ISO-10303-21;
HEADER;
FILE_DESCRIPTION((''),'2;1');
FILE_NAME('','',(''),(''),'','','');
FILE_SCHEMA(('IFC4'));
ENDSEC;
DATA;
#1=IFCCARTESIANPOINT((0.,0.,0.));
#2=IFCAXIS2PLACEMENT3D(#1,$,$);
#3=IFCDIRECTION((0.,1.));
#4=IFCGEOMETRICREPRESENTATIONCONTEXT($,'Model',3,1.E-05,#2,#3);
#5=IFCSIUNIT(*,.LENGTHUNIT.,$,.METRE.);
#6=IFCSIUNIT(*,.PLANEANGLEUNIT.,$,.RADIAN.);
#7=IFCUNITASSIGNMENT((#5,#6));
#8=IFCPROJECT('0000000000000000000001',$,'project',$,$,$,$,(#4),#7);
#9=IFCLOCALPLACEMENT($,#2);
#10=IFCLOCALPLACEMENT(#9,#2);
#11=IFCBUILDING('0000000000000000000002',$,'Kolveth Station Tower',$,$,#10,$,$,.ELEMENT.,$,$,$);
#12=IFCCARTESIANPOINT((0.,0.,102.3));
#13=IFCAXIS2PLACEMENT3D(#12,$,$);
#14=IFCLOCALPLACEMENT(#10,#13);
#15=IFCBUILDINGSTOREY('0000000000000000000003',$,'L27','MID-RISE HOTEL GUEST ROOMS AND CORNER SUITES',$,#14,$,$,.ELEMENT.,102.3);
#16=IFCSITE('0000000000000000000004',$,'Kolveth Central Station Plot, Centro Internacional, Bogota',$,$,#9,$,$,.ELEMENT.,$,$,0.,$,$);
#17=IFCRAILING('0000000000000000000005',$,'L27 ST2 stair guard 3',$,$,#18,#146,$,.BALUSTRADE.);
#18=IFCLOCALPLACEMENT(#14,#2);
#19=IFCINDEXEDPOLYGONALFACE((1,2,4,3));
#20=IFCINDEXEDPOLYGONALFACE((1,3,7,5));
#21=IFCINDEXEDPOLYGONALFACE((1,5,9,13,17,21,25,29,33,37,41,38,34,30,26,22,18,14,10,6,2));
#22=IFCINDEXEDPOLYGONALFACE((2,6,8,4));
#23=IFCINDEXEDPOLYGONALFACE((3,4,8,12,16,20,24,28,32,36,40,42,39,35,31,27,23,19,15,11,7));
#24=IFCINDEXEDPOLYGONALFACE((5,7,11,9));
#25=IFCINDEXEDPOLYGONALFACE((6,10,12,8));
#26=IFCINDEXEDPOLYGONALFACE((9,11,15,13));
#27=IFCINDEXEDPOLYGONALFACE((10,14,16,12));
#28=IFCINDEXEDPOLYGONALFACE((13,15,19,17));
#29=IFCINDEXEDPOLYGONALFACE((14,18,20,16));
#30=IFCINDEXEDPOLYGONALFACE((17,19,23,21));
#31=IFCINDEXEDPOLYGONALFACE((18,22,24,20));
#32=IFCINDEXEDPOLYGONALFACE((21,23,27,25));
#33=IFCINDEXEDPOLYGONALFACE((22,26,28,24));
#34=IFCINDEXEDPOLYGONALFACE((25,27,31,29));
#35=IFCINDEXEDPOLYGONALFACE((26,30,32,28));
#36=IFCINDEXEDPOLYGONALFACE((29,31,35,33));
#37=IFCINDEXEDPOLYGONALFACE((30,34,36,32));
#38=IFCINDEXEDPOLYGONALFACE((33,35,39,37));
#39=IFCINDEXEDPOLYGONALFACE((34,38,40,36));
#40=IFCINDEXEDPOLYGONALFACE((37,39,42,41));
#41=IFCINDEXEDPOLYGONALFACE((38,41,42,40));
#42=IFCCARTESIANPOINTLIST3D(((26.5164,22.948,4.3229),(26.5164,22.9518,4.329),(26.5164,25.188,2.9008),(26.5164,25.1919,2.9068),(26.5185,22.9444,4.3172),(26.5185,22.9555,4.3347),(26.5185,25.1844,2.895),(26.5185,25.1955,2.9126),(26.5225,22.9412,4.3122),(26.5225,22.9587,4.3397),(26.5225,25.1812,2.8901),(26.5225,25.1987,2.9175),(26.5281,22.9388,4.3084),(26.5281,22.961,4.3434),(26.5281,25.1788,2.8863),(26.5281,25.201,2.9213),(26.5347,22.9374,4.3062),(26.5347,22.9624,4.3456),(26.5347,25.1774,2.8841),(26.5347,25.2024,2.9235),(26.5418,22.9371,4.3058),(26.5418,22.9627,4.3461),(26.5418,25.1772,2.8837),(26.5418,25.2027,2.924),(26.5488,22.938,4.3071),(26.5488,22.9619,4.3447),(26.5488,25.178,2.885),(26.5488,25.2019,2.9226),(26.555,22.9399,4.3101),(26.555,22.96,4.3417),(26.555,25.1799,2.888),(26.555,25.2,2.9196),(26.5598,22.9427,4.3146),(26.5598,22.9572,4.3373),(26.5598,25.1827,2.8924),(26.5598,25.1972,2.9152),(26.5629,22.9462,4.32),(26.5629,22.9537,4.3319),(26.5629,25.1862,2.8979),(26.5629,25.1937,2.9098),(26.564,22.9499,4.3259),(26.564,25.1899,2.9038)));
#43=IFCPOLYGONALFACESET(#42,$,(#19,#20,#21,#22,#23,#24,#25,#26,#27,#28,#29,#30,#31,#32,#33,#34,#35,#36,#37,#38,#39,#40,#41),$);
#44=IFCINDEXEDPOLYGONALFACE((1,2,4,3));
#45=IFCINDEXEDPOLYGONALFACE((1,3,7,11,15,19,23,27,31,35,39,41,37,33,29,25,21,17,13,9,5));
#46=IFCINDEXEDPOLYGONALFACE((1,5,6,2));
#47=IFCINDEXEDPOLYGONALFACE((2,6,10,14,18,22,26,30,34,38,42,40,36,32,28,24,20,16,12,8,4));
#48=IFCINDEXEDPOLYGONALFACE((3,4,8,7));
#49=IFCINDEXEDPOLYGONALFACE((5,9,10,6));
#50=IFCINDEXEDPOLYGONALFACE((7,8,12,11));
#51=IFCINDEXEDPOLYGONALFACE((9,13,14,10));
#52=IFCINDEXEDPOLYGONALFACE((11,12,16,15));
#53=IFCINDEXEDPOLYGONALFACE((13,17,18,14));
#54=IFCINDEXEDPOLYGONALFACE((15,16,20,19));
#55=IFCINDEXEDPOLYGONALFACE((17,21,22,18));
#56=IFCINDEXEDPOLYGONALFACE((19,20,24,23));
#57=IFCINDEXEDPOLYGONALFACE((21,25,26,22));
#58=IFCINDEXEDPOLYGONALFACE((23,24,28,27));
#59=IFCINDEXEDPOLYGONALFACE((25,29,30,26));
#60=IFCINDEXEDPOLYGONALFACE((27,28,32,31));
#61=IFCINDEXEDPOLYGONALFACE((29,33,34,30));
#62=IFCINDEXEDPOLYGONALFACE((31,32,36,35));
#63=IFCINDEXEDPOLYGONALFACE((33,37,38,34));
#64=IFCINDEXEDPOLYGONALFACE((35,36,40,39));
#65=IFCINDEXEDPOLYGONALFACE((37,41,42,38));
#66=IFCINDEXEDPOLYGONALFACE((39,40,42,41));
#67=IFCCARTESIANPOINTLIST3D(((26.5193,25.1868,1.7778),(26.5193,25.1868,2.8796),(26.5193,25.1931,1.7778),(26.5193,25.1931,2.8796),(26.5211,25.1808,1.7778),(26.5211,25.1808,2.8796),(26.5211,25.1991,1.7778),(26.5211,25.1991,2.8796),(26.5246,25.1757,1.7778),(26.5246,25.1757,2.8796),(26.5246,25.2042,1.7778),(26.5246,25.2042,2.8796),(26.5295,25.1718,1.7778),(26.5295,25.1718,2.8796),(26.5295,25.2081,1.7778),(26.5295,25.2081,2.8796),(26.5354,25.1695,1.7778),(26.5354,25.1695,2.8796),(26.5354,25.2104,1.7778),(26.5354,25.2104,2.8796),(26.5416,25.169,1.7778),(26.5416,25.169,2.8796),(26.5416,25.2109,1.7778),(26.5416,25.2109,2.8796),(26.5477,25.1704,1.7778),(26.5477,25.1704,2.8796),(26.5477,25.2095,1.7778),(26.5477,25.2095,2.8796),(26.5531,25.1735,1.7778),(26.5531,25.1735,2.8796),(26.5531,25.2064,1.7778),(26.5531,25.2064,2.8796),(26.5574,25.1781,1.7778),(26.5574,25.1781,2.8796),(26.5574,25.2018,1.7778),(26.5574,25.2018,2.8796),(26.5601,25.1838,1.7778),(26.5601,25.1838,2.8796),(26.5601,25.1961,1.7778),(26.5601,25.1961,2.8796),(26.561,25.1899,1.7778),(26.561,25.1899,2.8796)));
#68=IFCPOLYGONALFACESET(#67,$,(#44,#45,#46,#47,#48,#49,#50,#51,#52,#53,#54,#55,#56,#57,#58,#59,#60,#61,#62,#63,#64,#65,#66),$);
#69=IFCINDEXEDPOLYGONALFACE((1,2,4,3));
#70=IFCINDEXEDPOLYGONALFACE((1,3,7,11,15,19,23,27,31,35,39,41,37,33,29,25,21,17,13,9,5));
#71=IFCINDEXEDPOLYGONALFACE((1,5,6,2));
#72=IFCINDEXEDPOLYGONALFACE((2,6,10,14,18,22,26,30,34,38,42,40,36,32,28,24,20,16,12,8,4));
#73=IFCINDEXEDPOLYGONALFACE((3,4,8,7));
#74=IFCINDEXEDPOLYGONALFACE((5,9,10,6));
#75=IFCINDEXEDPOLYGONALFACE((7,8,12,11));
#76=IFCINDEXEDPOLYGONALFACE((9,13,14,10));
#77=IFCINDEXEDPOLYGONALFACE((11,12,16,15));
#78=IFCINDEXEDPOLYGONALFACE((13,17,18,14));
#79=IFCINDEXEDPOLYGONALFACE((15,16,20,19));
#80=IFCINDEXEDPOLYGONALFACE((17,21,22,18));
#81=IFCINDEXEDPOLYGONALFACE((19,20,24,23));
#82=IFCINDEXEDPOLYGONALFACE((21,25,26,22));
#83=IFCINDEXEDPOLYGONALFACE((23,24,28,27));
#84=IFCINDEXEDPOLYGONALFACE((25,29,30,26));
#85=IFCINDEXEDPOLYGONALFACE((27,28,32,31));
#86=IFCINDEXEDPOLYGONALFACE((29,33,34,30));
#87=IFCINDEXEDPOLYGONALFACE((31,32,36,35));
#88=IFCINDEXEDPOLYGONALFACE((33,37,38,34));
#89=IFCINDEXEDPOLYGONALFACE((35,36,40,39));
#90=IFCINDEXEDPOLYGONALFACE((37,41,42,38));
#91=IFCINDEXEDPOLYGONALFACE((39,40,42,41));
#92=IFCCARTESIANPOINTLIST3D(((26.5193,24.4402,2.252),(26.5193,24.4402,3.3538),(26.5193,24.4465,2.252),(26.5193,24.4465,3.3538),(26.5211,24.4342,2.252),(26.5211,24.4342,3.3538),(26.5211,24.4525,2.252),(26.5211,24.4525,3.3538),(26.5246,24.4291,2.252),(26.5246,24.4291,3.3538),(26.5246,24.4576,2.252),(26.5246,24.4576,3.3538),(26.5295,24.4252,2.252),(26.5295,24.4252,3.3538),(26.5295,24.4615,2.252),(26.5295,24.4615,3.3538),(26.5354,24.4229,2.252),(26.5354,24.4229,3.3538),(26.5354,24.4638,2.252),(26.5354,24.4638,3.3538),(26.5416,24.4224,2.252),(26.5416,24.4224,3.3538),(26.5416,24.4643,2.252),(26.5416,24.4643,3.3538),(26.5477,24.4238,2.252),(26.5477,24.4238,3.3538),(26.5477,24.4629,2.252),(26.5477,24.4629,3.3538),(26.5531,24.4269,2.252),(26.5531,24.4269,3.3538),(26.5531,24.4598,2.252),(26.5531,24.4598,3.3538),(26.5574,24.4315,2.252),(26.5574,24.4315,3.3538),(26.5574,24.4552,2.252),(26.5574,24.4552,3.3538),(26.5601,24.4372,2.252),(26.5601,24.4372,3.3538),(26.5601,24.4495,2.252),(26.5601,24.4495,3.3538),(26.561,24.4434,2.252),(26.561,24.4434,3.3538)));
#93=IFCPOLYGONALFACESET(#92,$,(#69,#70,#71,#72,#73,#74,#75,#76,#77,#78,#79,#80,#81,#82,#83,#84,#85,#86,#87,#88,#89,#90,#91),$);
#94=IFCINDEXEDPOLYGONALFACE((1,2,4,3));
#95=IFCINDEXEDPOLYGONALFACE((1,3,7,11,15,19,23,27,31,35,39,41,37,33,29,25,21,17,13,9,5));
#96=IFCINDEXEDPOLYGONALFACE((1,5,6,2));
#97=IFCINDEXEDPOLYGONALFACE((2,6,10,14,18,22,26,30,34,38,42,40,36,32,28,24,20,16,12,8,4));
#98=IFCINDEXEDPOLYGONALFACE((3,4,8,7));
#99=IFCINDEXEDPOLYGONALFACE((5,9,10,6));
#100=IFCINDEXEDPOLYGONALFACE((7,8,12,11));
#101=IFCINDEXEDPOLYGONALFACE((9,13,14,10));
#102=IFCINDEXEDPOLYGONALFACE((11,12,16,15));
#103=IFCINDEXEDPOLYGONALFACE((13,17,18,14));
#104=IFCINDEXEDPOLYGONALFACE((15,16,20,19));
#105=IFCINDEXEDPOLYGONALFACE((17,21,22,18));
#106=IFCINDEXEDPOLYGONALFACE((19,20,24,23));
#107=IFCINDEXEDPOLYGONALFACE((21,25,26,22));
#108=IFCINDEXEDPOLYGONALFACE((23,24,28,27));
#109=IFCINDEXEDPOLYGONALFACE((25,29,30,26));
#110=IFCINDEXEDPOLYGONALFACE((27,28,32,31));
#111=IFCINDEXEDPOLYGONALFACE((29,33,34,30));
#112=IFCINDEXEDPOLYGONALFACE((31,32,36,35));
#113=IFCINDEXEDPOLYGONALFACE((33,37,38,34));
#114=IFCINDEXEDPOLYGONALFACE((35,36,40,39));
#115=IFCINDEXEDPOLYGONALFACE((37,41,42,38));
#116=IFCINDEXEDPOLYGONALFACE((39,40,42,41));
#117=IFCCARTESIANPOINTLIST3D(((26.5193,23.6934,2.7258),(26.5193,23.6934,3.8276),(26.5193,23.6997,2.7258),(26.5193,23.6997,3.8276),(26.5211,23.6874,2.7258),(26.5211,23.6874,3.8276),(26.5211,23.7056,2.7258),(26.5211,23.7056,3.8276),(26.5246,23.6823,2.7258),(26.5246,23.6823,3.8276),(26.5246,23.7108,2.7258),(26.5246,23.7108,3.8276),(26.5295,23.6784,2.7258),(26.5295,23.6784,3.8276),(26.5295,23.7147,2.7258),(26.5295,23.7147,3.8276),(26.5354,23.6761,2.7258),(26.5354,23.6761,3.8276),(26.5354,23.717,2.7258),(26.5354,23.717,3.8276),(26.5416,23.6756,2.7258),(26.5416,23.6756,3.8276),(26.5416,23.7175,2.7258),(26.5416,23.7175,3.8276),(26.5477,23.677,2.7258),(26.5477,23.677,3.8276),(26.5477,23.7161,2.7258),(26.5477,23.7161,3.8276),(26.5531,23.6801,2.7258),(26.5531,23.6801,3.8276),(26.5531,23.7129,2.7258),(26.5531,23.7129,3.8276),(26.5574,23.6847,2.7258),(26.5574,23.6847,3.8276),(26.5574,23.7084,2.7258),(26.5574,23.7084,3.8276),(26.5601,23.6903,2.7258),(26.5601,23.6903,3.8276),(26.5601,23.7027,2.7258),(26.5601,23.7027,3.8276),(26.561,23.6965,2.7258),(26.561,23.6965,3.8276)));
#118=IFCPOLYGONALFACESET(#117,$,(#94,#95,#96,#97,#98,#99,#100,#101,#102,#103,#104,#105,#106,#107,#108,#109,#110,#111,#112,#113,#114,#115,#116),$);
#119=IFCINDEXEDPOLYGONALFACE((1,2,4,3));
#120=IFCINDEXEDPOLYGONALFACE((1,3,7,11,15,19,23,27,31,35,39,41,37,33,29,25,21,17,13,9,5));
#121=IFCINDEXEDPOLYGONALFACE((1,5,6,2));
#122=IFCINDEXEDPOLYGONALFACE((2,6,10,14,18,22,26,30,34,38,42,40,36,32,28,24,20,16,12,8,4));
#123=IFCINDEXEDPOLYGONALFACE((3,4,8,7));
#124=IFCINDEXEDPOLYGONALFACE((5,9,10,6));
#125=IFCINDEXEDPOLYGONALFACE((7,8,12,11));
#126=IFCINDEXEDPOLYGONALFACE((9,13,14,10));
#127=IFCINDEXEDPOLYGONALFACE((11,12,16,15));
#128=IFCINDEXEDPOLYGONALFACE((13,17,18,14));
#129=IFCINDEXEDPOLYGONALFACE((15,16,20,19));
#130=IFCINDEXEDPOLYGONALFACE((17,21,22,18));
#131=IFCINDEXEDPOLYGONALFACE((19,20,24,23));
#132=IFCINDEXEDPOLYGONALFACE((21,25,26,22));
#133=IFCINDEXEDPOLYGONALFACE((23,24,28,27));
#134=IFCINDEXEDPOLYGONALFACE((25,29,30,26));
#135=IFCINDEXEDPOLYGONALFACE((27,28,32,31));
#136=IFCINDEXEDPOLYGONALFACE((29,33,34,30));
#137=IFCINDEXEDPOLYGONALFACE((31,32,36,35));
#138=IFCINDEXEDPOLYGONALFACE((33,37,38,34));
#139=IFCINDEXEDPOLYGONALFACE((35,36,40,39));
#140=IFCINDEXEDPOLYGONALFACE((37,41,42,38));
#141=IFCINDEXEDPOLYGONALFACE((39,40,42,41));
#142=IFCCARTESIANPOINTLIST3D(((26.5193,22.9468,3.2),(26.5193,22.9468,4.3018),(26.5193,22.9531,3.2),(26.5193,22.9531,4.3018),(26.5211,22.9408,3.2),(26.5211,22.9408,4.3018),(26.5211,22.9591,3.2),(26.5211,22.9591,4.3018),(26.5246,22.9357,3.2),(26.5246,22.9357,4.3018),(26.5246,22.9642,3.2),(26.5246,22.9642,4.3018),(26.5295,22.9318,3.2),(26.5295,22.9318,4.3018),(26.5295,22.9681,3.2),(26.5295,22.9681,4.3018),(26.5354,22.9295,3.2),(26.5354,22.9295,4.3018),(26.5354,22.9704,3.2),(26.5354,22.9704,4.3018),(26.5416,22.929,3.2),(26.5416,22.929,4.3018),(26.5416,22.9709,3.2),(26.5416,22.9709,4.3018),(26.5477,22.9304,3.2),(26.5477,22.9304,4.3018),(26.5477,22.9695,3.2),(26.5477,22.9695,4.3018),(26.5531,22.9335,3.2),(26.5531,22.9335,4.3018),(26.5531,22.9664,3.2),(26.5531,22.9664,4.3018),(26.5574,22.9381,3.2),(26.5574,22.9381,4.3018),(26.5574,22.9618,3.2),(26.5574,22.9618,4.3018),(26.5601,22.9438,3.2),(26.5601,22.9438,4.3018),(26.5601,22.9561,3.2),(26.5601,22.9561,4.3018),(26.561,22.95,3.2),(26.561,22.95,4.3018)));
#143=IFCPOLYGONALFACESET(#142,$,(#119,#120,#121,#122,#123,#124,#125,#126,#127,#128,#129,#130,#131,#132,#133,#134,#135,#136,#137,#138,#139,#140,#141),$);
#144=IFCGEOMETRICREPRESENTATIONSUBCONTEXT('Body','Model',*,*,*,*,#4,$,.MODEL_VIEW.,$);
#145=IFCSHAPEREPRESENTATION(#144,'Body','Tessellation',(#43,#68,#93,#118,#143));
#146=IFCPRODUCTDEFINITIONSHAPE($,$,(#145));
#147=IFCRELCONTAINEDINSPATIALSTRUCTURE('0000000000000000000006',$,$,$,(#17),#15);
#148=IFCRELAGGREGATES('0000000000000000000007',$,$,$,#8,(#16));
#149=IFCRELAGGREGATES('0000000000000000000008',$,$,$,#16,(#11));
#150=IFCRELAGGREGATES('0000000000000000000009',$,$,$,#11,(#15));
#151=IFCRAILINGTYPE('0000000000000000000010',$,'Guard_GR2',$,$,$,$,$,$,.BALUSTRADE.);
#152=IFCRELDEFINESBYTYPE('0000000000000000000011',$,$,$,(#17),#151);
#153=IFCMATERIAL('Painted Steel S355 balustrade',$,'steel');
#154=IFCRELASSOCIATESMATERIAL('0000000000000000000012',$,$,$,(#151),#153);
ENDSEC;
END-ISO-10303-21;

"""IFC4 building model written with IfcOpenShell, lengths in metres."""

from ifc_helpers import new_model, si_unit, direction, frame, origin, origin_2d, place, context, subcontext, project, spatial, circle, extrude, material, type_object, element, save


model = new_model("IFC4")

# Units and contexts
model_context = context("Model", 3, precision=1e-05, world=origin(), true_north=direction((0.0, 1.0)))
body_context = subcontext(model_context, "Body", "Model", "MODEL_VIEW")
ifc_project = project(units=[si_unit("LENGTHUNIT", "METRE"), si_unit("PLANEANGLEUNIT", "RADIAN")], contexts=[model_context])

# Site, building, storey
site_placement = place(None, origin())
site = spatial("IfcSite", under=ifc_project, at=site_placement, Name="Kolveth Central Station Plot, Centro Internacional, Bogota", CompositionType="ELEMENT", RefElevation=0.0)
building_placement = place(site_placement, origin())
building = spatial("IfcBuilding", under=site, at=building_placement, Name="Kolveth Station Tower", CompositionType="ELEMENT")
storey_placement = place(building_placement, frame((0.0, 0.0, 102.3)))
storey = spatial("IfcBuildingStorey", under=building, at=storey_placement, Name="L27", Description="MID-RISE HOTEL GUEST ROOMS AND CORNER SUITES", CompositionType="ELEMENT", Elevation=102.3)

# Railing
ifc_material_1 = material(Name="Painted Steel S355 balustrade", Category="steel")
railing_type_1 = type_object("IfcRailingType", Name="Guard_GR2", PredefinedType="BALUSTRADE", material=ifc_material_1)
railing_1_placement = place(storey_placement, frame((26.54, 25.1899, 1.7778)))
element("IfcRailing", 1, at=railing_1_placement, inside=storey, type_object=railing_type_1, Name="L27 ST2 stair guard 3", PredefinedType="BALUSTRADE", context=body_context, shape_type="SweptSolid", body=[
    extrude(circle(Radius=0.0239, at=origin_2d()), frame((0.0, 0.0, 1.126), z_axis=(0.0, -0.844229, 0.535982), x_axis=(1.0, 0.0, 0.0)), (0.0, 0.0, 1.0), 2.6533),
    extrude(circle(Radius=0.021, at=origin_2d()), origin(), (0.0, 0.0, 1.0), 1.1018),
    extrude(circle(Radius=0.021, at=origin_2d()), frame((0.0, -0.7466, 0.4741)), (0.0, 0.0, 1.0), 1.1018),
    extrude(circle(Radius=0.021, at=origin_2d()), frame((0.0, -1.4934, 0.948)), (0.0, 0.0, 1.0), 1.1018),
    extrude(circle(Radius=0.021, at=origin_2d()), frame((0.0, -2.24, 1.4221)), (0.0, 0.0, 1.0), 1.1018),
])

save(model, "model.ifc")
